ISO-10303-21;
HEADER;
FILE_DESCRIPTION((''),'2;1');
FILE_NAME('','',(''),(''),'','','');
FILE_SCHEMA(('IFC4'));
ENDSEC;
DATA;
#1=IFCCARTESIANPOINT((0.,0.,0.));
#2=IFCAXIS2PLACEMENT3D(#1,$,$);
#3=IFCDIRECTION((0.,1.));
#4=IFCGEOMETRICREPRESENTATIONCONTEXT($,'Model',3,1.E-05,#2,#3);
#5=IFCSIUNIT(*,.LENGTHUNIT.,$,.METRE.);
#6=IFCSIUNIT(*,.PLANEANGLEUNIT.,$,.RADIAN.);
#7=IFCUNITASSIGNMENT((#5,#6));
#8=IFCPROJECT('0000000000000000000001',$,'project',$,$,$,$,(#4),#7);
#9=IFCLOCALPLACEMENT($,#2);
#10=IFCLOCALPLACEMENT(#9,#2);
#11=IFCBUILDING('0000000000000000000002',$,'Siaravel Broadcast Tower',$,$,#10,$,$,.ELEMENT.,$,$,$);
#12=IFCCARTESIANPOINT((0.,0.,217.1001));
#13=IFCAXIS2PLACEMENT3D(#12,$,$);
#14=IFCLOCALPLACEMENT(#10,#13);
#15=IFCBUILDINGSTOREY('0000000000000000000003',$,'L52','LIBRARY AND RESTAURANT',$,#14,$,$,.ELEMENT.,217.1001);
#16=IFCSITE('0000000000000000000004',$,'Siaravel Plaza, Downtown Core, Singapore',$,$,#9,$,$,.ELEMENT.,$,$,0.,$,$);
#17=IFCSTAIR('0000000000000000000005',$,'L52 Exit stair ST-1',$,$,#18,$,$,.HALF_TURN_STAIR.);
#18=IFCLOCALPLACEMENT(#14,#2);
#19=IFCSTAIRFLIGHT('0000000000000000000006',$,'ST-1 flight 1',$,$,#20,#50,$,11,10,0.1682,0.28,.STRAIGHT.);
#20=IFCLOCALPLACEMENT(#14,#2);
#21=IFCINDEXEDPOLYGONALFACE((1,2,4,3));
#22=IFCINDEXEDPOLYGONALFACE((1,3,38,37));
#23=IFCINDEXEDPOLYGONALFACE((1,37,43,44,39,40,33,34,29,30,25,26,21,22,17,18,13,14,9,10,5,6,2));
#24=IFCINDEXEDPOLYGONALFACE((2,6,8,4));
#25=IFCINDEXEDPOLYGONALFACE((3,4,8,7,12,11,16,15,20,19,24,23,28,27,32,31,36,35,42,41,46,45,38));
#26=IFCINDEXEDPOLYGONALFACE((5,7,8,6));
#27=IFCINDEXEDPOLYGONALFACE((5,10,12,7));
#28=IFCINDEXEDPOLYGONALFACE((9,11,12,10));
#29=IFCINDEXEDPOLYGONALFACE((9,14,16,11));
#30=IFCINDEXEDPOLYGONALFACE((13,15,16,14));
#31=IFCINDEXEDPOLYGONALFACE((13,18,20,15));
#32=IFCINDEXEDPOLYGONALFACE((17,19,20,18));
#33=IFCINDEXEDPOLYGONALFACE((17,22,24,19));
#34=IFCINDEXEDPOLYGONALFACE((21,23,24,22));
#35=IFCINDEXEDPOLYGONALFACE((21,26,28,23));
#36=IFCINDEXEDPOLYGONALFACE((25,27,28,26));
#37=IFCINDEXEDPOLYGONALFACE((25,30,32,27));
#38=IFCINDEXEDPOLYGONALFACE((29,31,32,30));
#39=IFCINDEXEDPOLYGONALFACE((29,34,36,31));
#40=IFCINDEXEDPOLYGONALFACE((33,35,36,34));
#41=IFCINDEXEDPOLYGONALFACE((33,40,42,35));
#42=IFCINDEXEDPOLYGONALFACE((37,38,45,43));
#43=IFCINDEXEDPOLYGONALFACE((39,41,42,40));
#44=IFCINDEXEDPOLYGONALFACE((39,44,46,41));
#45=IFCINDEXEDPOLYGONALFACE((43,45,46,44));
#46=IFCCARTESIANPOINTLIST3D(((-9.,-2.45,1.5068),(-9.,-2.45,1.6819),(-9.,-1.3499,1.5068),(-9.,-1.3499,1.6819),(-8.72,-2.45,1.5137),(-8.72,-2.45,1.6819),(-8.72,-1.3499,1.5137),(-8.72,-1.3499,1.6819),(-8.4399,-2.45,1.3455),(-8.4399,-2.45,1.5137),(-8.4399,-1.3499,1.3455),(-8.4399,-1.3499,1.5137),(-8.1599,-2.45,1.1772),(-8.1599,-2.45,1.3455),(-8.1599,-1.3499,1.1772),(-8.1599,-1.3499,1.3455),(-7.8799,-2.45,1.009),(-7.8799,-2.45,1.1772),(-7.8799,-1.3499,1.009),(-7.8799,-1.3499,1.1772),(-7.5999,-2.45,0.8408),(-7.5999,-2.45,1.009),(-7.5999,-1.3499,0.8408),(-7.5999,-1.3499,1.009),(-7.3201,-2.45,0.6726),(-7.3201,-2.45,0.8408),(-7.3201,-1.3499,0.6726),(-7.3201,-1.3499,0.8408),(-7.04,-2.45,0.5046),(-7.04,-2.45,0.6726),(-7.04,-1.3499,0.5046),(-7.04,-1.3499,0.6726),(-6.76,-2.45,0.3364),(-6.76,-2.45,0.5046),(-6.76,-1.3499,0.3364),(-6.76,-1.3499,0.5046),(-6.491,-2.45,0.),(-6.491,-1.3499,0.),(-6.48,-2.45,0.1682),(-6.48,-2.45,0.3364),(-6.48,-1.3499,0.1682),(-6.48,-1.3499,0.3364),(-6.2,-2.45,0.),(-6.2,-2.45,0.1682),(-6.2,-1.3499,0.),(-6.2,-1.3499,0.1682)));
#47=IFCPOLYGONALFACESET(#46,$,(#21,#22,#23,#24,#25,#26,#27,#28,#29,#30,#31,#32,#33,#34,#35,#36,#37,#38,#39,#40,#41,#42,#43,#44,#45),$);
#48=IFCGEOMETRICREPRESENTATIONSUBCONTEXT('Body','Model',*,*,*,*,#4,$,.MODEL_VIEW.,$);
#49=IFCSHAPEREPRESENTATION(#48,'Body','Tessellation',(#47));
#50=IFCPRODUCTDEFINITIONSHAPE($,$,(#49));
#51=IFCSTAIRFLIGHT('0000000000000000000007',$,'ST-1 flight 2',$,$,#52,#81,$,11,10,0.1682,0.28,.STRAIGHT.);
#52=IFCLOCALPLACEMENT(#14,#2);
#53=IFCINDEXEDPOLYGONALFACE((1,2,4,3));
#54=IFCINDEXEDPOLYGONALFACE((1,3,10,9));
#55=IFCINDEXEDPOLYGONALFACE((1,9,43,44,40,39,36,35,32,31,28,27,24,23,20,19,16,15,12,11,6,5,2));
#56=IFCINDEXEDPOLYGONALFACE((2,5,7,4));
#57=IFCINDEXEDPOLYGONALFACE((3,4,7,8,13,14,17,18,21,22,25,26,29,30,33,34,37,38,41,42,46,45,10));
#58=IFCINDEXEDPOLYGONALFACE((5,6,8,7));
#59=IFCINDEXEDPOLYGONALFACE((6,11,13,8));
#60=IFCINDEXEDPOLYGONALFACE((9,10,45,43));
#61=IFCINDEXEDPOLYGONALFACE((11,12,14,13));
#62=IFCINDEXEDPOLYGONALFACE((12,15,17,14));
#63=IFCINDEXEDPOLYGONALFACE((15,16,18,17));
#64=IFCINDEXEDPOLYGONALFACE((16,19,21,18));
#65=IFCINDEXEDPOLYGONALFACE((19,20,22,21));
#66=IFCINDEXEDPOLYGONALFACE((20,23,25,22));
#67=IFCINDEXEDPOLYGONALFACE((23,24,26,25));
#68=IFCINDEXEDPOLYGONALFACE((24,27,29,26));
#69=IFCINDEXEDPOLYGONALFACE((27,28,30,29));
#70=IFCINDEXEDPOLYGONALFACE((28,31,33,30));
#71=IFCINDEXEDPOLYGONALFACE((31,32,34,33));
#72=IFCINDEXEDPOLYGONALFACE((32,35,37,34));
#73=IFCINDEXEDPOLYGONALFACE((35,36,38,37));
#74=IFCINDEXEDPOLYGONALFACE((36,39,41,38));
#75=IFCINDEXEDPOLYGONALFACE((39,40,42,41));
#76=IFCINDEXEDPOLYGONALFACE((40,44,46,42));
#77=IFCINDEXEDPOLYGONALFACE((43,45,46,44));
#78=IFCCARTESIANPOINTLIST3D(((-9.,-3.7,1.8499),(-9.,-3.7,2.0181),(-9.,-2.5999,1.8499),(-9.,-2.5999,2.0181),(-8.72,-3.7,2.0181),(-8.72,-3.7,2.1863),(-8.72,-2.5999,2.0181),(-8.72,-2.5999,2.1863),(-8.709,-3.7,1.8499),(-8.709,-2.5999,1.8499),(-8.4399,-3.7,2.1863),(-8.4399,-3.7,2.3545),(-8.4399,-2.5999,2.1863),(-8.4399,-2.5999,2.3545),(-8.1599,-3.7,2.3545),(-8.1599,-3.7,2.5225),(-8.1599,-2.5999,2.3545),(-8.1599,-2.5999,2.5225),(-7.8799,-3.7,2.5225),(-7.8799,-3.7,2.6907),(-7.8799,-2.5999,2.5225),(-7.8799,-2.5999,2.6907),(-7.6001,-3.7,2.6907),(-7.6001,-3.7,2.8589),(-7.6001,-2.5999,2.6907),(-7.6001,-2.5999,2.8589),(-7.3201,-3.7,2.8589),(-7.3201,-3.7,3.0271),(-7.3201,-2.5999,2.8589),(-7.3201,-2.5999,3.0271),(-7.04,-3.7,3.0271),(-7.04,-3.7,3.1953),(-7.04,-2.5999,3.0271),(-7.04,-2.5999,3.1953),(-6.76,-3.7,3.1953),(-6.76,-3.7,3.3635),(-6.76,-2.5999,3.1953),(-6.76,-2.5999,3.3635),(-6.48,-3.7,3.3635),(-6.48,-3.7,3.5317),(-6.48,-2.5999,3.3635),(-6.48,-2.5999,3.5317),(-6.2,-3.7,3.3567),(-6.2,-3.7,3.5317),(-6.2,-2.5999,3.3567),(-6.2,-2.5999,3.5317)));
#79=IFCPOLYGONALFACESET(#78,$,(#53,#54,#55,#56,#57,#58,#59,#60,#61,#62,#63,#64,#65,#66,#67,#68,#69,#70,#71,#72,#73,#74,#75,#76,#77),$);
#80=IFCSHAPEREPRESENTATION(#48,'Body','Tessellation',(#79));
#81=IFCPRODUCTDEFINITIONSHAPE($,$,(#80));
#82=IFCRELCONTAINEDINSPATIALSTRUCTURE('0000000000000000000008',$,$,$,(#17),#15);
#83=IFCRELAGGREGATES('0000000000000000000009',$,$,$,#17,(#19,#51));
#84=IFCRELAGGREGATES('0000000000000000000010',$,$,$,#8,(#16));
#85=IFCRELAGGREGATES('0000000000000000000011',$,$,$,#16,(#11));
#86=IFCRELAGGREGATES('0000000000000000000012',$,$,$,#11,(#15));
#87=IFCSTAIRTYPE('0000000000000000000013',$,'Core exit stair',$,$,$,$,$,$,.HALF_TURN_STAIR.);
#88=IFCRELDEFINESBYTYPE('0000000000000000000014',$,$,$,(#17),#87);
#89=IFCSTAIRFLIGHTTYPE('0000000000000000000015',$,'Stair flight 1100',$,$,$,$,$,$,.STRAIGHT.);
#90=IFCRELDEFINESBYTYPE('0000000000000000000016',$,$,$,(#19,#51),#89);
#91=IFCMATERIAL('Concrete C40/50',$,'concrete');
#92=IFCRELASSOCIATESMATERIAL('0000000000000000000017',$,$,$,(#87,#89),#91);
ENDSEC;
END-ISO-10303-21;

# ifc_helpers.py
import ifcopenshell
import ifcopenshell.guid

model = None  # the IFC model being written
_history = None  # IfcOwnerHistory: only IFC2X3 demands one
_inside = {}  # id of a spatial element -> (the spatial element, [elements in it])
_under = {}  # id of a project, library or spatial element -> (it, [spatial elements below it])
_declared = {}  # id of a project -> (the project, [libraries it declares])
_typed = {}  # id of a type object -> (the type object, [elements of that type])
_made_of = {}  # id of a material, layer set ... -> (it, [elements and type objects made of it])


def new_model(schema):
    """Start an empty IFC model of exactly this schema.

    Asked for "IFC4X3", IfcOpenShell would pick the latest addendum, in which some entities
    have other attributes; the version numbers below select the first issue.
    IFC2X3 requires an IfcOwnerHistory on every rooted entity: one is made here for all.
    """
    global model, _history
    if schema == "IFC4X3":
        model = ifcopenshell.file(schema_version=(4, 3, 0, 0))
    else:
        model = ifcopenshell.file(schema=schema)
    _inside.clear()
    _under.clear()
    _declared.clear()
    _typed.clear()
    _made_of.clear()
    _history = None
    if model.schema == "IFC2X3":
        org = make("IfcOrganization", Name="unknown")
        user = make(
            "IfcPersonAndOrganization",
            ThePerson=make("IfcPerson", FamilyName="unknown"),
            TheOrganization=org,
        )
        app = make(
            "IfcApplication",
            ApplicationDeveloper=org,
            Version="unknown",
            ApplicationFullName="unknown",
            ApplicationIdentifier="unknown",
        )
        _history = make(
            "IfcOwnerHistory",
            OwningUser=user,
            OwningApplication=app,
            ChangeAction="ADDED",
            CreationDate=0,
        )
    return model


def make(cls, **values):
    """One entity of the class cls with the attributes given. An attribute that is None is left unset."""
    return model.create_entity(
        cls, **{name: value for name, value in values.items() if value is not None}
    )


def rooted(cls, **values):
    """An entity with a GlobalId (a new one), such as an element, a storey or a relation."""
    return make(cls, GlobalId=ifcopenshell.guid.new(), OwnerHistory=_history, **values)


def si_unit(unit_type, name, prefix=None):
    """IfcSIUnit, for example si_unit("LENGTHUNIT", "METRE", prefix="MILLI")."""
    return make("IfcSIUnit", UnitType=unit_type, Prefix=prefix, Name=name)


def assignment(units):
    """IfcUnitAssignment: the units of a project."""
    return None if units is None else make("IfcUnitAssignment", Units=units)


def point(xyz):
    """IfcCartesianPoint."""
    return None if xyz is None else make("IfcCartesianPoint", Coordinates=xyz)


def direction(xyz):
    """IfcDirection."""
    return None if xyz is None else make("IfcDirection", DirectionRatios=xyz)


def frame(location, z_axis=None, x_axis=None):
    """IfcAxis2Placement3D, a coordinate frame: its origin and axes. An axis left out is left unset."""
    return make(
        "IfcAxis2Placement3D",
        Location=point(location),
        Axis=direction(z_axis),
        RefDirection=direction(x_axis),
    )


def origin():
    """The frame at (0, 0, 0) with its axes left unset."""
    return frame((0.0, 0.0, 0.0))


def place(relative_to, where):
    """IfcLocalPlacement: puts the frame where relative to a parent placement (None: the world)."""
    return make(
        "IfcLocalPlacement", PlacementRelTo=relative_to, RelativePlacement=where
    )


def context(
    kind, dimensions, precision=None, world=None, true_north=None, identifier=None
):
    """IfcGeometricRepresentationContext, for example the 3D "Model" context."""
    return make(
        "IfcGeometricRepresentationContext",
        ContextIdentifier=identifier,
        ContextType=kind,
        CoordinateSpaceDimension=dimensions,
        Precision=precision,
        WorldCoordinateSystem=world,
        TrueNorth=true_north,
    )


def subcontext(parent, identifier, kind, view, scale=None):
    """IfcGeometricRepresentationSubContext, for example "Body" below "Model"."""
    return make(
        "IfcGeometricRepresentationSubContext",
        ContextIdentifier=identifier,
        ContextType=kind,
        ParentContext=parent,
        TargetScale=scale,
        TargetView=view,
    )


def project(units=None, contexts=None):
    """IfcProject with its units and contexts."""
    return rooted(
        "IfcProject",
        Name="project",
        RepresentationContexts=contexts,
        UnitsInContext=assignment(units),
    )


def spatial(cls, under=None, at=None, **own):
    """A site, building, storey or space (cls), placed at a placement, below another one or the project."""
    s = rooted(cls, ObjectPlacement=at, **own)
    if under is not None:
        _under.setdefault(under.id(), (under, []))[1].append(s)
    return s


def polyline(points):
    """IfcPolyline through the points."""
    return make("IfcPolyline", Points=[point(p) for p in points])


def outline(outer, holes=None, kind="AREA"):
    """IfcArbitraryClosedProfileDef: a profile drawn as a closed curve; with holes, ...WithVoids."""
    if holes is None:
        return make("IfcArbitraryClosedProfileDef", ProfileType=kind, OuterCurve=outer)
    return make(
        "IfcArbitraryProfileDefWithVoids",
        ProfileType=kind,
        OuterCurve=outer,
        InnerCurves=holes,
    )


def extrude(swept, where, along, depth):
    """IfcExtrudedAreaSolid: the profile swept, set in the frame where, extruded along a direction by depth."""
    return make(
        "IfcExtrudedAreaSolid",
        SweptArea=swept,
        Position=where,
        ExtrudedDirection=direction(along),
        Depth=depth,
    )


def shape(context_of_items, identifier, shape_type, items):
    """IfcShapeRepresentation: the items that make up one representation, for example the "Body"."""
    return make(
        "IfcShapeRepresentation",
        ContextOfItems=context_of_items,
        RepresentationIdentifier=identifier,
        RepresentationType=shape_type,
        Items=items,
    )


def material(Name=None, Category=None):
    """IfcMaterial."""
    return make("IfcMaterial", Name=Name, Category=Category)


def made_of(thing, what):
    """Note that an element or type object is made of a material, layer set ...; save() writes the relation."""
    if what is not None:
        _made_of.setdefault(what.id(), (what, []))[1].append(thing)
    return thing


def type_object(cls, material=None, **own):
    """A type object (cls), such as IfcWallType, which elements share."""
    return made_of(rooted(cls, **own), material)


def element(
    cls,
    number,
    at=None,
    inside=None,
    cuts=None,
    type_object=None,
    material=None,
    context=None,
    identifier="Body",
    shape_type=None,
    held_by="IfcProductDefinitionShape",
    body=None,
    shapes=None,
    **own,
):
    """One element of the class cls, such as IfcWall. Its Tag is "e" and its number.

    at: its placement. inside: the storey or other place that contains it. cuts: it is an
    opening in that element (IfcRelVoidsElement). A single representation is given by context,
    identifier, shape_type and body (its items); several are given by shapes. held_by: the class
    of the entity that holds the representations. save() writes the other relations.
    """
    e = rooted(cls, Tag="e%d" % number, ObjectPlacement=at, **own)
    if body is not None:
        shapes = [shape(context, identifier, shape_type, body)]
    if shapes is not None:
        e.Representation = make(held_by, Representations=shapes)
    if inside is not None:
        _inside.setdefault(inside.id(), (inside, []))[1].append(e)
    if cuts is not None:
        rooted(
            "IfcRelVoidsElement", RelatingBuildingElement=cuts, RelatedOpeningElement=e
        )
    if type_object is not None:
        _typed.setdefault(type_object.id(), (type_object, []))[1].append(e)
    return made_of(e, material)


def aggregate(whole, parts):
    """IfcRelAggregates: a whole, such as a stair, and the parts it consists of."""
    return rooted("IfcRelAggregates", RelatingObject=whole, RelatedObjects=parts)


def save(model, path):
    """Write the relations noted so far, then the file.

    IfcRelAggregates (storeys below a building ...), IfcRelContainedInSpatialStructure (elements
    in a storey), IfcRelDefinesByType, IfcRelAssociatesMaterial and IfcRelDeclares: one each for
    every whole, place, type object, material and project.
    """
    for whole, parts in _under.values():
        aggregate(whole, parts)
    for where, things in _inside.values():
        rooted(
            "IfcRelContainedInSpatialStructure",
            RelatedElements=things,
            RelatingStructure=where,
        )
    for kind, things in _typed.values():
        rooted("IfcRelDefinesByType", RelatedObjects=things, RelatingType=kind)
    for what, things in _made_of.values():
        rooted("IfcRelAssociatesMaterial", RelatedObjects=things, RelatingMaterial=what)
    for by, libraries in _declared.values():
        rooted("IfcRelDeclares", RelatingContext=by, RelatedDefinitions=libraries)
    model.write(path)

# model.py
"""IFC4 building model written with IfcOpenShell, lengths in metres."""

from ifc_helpers import new_model, si_unit, direction, frame, origin, place, context, subcontext, project, spatial, polyline, outline, extrude, material, type_object, element, aggregate, save


model = new_model("IFC4")

# Units and contexts
model_context = context("Model", 3, precision=1e-05, world=origin(), true_north=direction((0.0, 1.0)))
body_context = subcontext(model_context, "Body", "Model", "MODEL_VIEW")
ifc_project = project(units=[si_unit("LENGTHUNIT", "METRE"), si_unit("PLANEANGLEUNIT", "RADIAN")], contexts=[model_context])

# Site, building, storey
site_placement = place(None, origin())
site = spatial("IfcSite", under=ifc_project, at=site_placement, Name="Siaravel Plaza, Downtown Core, Singapore", CompositionType="ELEMENT", RefElevation=0.0)
building_placement = place(site_placement, origin())
building = spatial("IfcBuilding", under=site, at=building_placement, Name="Siaravel Broadcast Tower", CompositionType="ELEMENT")
storey_placement = place(building_placement, frame((0.0, 0.0, 217.1001)))
storey = spatial("IfcBuildingStorey", under=building, at=storey_placement, Name="L52", Description="LIBRARY AND RESTAURANT", CompositionType="ELEMENT", Elevation=217.1001)

# Stair, stair flights
ifc_material_1 = material(Name="Concrete C40/50", Category="concrete")
stair_type = type_object("IfcStairType", Name="Core exit stair", PredefinedType="HALF_TURN_STAIR", material=ifc_material_1)
stair_placement = place(storey_placement, origin())
stair = element("IfcStair", 1, at=stair_placement, inside=storey, type_object=stair_type, Name="L52 Exit stair ST-1", PredefinedType="HALF_TURN_STAIR")
stair_flight_type = type_object("IfcStairFlightType", Name="Stair flight 1100", PredefinedType="STRAIGHT", material=ifc_material_1)
stair_flight_1_placement = place(storey_placement, frame((-6.2, -1.8999, 0.0), z_axis=(0.0, 0.0, 1.0), x_axis=(-1.0, 0.0, 0.0)))
stair_flight_1 = element("IfcStairFlight", 2, at=stair_flight_1_placement, type_object=stair_flight_type, Name="ST-1 flight 1", NumberOfRisers=11, NumberOfTreads=10, PredefinedType="STRAIGHT", RiserHeight=0.1682, TreadLength=0.28, context=body_context, shape_type="SweptSolid", body=[
    extrude(outline(polyline([(0.0, 0.0), (0.0, 0.1682), (0.28, 0.1682), (0.28, 0.3364), (0.5601, 0.3364), (0.5601, 0.5046), (0.8401, 0.5046), (0.8401, 0.6726), (1.1201, 0.6726), (1.1201, 0.8408), (1.3999, 0.8408), (1.3999, 1.009), (1.6799, 1.009), (1.6799, 1.1772), (1.96, 1.1772), (1.96, 1.3455), (2.24, 1.3455), (2.24, 1.5137), (2.52, 1.5137), (2.52, 1.6819), (2.8, 1.6819), (2.8, 1.8501), (2.8, 1.5068), (0.291, 0.0), (0.0, 0.0)])), frame((0.0, 0.55, 0.0), z_axis=(0.0, -1.0, 0.0), x_axis=(1.0, 0.0, 0.0)), (0.0, 0.0, 1.0), 1.1001),
])
stair_flight_2_placement = place(storey_placement, frame((-9.0, -3.1499, 1.8499), z_axis=(0.0, 0.0, 1.0), x_axis=(1.0, 0.0, 0.0)))
stair_flight_2 = element("IfcStairFlight", 3, at=stair_flight_2_placement, type_object=stair_flight_type, Name="ST-1 flight 2", NumberOfRisers=11, NumberOfTreads=10, PredefinedType="STRAIGHT", RiserHeight=0.1682, TreadLength=0.28, context=body_context, shape_type="SweptSolid", body=[
    extrude(outline(polyline([(0.0, 0.0), (0.0, 0.1682), (0.28, 0.1682), (0.28, 0.3364), (0.5601, 0.3364), (0.5601, 0.5046), (0.8401, 0.5046), (0.8401, 0.6726), (1.1201, 0.6726), (1.1201, 0.8408), (1.3999, 0.8408), (1.3999, 1.009), (1.6799, 1.009), (1.6799, 1.1772), (1.96, 1.1772), (1.96, 1.3455), (2.24, 1.3455), (2.24, 1.5137), (2.52, 1.5137), (2.52, 1.6819), (2.8, 1.6819), (2.8, 1.8501), (2.8, 1.5068), (0.291, 0.0), (0.0, 0.0)])), frame((0.0, 0.55, 0.0), z_axis=(0.0, -1.0, 0.0), x_axis=(1.0, 0.0, 0.0)), (0.0, 0.0, 1.0), 1.1001),
])
aggregate(stair, [stair_flight_1, stair_flight_2])

save(model, "model.ifc")
